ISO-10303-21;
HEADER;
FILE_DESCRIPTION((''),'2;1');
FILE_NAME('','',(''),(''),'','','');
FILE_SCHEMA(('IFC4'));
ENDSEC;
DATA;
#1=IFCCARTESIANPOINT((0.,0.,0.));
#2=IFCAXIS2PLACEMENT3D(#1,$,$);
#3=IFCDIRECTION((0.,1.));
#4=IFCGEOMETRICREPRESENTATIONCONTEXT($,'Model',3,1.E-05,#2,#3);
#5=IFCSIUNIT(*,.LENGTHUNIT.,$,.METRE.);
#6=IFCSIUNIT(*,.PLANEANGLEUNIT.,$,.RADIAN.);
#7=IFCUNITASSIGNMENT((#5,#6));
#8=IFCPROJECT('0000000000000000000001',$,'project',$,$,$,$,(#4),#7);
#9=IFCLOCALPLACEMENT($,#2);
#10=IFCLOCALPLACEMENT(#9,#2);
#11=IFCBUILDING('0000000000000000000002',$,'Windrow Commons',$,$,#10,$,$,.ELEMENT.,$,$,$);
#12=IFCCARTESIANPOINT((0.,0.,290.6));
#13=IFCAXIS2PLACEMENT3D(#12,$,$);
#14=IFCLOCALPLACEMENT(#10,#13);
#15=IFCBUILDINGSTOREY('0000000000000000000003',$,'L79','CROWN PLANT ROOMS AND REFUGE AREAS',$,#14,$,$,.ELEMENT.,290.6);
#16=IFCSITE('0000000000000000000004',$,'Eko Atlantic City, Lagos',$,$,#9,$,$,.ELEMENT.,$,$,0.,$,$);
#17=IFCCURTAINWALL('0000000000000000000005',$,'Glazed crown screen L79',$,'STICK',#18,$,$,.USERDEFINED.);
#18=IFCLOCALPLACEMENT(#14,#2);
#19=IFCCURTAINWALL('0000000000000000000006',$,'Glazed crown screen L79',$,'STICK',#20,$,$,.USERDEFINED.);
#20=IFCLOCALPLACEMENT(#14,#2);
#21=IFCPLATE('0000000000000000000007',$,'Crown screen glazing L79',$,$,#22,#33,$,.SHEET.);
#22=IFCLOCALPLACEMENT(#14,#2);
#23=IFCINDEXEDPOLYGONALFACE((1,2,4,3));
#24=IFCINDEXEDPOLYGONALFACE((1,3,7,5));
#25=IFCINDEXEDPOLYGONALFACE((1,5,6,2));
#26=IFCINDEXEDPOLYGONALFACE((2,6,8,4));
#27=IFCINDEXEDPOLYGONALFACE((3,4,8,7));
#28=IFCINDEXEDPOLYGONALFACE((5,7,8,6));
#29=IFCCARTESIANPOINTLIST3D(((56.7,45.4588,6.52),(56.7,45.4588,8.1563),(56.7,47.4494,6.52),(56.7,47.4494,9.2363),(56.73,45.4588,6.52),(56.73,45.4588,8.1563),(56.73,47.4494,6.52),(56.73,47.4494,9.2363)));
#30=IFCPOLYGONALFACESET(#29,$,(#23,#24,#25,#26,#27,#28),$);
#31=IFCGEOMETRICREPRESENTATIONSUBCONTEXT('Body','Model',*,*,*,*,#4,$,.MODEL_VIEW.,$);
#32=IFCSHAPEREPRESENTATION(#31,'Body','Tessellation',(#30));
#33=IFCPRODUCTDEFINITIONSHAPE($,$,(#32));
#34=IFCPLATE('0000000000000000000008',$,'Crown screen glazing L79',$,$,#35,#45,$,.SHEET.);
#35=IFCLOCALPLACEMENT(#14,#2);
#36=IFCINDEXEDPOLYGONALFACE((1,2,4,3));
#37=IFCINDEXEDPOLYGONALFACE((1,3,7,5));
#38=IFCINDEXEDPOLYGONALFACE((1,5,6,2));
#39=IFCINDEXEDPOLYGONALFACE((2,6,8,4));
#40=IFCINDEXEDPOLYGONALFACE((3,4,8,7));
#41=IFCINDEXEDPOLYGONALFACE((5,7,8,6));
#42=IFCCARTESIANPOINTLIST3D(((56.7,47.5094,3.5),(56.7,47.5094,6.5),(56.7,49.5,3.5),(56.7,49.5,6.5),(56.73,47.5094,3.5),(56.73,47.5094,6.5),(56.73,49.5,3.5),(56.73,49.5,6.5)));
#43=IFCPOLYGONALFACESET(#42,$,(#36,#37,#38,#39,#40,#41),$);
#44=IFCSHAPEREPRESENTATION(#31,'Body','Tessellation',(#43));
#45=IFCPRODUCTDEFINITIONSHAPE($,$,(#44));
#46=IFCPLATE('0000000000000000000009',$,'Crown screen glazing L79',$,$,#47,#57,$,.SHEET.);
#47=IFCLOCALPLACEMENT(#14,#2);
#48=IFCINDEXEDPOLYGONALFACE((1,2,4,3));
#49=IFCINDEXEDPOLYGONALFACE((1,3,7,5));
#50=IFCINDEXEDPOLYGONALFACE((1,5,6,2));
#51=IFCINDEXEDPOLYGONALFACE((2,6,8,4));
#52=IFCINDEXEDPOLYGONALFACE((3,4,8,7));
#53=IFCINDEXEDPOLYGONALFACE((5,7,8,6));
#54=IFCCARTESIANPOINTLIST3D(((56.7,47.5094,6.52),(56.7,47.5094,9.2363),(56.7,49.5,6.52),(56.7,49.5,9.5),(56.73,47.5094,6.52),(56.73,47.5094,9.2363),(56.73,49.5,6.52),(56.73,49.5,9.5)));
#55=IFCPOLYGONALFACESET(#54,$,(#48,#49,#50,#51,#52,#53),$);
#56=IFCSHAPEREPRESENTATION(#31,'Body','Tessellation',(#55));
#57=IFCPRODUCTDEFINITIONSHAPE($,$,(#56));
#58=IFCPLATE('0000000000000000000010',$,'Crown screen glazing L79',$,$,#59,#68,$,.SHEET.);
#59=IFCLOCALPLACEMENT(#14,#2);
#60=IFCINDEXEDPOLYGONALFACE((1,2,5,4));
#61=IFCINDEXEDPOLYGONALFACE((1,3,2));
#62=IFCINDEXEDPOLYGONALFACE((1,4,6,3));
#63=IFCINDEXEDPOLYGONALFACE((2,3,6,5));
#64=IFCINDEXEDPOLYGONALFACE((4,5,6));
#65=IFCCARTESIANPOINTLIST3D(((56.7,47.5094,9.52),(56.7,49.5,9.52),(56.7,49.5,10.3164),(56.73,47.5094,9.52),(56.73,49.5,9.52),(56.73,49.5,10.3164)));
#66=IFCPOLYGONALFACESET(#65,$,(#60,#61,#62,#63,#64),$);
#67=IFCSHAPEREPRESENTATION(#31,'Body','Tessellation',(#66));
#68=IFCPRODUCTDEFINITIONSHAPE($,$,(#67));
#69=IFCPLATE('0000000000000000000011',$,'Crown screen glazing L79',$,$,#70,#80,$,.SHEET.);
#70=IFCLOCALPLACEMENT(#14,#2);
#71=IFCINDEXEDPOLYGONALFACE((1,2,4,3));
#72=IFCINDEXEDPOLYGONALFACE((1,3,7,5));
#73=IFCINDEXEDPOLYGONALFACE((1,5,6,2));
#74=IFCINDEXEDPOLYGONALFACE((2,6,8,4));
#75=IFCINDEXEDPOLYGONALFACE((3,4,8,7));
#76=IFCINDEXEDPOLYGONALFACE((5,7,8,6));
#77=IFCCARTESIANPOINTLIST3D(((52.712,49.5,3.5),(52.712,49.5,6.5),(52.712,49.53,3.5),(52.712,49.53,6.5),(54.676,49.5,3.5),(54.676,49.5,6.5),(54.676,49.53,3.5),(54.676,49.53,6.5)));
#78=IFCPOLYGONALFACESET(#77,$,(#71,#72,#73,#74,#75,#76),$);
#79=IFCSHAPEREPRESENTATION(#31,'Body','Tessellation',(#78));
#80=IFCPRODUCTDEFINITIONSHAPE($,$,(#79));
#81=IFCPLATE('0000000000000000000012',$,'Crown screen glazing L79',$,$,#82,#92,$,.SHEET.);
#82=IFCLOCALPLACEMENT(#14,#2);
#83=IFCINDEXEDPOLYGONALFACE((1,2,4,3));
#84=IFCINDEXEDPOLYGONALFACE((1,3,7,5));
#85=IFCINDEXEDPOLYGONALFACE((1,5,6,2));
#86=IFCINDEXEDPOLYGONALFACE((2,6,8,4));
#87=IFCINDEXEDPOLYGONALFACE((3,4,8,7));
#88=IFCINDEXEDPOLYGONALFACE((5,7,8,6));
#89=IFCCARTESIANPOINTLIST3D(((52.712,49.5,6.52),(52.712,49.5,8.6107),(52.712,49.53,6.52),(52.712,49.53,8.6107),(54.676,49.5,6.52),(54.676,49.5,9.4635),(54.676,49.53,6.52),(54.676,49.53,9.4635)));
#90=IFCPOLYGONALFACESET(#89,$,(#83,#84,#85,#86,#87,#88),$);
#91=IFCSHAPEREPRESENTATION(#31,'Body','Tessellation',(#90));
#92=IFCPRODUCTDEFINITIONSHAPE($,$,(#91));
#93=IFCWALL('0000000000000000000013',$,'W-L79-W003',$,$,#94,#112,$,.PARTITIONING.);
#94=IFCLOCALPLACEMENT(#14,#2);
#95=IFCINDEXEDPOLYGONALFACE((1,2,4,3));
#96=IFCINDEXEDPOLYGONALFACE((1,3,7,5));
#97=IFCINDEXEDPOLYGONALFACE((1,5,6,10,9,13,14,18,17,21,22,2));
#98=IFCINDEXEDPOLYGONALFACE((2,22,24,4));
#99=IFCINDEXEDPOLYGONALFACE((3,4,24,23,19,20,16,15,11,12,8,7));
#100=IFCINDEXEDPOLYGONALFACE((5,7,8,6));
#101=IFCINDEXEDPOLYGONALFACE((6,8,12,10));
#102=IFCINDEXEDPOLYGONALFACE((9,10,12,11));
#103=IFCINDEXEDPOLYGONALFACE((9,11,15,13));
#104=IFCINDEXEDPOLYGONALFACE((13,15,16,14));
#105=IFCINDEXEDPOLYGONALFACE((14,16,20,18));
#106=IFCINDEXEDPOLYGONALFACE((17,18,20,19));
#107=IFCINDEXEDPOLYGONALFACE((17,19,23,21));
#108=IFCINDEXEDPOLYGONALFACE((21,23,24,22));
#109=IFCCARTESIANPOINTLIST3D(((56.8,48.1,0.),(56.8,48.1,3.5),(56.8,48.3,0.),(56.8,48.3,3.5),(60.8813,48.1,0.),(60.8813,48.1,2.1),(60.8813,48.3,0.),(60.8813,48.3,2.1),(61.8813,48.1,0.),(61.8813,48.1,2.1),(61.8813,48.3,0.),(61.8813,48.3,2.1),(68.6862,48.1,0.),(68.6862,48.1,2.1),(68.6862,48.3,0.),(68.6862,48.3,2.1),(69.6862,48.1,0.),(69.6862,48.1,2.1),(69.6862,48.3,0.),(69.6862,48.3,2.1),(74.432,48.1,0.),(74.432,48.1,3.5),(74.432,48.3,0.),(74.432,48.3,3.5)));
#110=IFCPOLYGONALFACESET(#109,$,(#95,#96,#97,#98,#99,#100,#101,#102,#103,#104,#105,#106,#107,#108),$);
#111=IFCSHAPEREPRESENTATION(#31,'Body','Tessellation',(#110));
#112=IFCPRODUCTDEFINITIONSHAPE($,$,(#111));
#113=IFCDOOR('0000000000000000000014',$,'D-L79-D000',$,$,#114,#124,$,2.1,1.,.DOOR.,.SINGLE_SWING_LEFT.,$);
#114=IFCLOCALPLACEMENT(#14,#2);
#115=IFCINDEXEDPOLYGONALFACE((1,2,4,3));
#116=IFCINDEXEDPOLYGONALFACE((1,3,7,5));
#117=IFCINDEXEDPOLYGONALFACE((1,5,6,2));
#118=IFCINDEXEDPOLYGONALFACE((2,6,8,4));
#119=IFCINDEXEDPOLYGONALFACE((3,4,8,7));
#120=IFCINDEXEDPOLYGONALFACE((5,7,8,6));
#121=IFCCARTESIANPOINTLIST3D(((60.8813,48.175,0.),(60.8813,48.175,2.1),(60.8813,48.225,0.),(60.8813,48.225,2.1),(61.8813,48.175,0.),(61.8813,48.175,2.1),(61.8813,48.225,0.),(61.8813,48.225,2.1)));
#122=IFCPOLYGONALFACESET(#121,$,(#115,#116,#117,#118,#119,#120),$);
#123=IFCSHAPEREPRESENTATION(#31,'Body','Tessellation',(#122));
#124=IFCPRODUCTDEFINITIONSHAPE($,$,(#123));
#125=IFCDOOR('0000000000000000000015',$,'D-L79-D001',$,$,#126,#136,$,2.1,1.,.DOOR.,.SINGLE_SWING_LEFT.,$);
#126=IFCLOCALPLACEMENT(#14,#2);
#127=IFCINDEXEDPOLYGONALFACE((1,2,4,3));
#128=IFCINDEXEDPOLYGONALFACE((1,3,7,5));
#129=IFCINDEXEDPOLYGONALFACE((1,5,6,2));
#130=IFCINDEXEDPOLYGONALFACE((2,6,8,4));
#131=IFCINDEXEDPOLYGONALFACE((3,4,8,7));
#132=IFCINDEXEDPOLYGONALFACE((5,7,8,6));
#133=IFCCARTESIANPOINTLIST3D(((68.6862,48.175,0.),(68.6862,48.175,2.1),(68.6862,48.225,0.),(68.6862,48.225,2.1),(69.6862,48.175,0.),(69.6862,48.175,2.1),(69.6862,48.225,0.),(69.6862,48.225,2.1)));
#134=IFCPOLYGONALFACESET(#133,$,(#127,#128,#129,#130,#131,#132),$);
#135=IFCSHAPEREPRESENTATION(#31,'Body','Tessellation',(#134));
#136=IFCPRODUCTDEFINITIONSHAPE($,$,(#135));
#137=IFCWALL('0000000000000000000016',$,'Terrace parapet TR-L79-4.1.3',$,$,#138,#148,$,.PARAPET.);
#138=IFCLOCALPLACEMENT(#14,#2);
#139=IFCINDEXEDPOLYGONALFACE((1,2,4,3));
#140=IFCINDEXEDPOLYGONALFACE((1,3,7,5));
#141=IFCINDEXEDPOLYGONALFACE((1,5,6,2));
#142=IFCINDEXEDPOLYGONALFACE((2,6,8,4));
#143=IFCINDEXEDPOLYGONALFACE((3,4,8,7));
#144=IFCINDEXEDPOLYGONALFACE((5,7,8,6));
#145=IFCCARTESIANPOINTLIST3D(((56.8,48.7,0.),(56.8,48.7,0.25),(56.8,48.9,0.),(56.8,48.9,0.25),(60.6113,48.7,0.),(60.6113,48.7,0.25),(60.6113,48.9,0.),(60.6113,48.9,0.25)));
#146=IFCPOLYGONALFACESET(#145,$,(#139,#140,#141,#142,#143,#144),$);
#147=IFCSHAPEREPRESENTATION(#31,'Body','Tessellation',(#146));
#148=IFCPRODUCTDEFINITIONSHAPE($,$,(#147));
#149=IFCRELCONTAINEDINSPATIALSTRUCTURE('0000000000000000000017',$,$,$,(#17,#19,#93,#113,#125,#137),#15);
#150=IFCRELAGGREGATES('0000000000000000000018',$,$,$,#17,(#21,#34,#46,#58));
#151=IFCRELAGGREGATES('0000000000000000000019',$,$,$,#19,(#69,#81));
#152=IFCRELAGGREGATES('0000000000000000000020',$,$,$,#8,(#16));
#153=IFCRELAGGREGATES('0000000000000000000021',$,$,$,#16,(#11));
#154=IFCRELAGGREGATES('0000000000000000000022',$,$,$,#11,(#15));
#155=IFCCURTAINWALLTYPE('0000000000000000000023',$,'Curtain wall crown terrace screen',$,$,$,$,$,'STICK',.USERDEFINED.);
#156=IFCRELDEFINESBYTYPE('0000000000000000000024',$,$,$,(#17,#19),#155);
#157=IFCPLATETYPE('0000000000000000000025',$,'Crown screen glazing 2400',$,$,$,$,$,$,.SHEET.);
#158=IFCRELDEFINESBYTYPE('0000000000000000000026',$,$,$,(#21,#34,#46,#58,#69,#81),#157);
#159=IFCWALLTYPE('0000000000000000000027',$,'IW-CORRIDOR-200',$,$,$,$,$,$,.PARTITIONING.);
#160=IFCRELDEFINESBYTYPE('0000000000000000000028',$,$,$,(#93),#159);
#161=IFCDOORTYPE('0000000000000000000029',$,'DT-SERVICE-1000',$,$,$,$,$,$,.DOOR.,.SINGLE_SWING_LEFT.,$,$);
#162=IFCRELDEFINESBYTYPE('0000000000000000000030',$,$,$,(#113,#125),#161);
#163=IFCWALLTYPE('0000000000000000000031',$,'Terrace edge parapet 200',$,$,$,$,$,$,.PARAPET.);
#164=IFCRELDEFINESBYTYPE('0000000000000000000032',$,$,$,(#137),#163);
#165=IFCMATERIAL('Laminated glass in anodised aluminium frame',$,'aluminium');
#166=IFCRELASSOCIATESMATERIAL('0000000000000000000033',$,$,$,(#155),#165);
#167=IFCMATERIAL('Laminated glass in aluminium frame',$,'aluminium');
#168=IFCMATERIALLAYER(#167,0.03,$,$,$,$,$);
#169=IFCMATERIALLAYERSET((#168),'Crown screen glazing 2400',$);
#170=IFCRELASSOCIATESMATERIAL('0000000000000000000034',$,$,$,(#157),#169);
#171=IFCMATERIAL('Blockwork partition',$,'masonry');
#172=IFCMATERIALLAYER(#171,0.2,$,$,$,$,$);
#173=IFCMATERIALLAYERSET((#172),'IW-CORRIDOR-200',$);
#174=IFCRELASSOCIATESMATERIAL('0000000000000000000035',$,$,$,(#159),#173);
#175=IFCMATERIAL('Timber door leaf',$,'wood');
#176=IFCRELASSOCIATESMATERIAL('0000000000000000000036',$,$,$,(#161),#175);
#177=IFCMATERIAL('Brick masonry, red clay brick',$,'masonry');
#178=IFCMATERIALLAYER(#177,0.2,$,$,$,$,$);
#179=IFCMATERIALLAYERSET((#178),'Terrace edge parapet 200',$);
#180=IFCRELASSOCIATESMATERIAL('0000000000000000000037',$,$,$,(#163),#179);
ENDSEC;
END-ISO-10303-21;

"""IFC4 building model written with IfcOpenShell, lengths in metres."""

from ifc_helpers import new_model, si_unit, direction, frame, frame_2d, origin, place, context, subcontext, project, spatial, polyline, rectangle, outline, extrude, material, layer, layer_set, type_object, element, fill, aggregate, save


model = new_model("IFC4")

# Units and contexts
model_context = context("Model", 3, precision=1e-05, world=origin(), true_north=direction((0.0, 1.0)))
body_context = subcontext(model_context, "Body", "Model", "MODEL_VIEW")
ifc_project = project(units=[si_unit("LENGTHUNIT", "METRE"), si_unit("PLANEANGLEUNIT", "RADIAN")], contexts=[model_context])

# Site, building, storey
site_placement = place(None, origin())
site = spatial("IfcSite", under=ifc_project, at=site_placement, Name="Eko Atlantic City, Lagos", CompositionType="ELEMENT", RefElevation=0.0)
building_placement = place(site_placement, origin())
building = spatial("IfcBuilding", under=site, at=building_placement, Name="Windrow Commons", CompositionType="ELEMENT")
storey_placement = place(building_placement, frame((0.0, 0.0, 290.6)))
storey = spatial("IfcBuildingStorey", under=building, at=storey_placement, Name="L79", Description="CROWN PLANT ROOMS AND REFUGE AREAS", CompositionType="ELEMENT", Elevation=290.6)

# Curtain walls
ifc_material_1 = material(Name="Laminated glass in anodised aluminium frame", Category="aluminium")
curtain_wall_type = type_object("IfcCurtainWallType", Name="Curtain wall crown terrace screen", ElementType="STICK", PredefinedType="USERDEFINED", material=ifc_material_1)
placement = place(storey_placement, origin())
curtain_wall_1 = element("IfcCurtainWall", 1, at=placement, inside=storey, type_object=curtain_wall_type, Name="Glazed crown screen L79", ObjectType="STICK", PredefinedType="USERDEFINED")
curtain_wall_2 = element("IfcCurtainWall", 2, at=placement, inside=storey, type_object=curtain_wall_type, Name="Glazed crown screen L79", ObjectType="STICK", PredefinedType="USERDEFINED")

# Plates
ifc_material_2 = material(Name="Laminated glass in aluminium frame", Category="aluminium")
ifc_layer_1 = layer(ifc_material_2, 0.03)
ifc_layer_set_1 = layer_set([ifc_layer_1], Name="Crown screen glazing 2400")
plate_type_1 = type_object("IfcPlateType", Name="Crown screen glazing 2400", PredefinedType="SHEET", material=ifc_layer_set_1)
plate_1_placement = place(storey_placement, frame((56.73, 45.4588, 6.52), z_axis=(1.0, 0.0, 0.0), x_axis=(0.0, 1.0, 0.0)))
plate_1 = element("IfcPlate", 3, at=plate_1_placement, type_object=plate_type_1, Name="Crown screen glazing L79", PredefinedType="SHEET", context=body_context, shape_type="SweptSolid", body=[
    extrude(outline(polyline([(0.0, 0.0), (1.9906, 0.0), (1.9906, 2.7163), (0.0, 1.6363), (0.0, 0.0)])), origin(), (0.0, 0.0, -1.0), 0.03),
])
plate_2_placement = place(storey_placement, frame((56.73, 47.5094, 3.5), z_axis=(1.0, 0.0, 0.0), x_axis=(0.0, 1.0, 0.0)))
plate_2 = element("IfcPlate", 4, at=plate_2_placement, type_object=plate_type_1, Name="Crown screen glazing L79", PredefinedType="SHEET", context=body_context, shape_type="SweptSolid", body=[
    extrude(outline(polyline([(0.0, 0.0), (1.9906, 0.0), (1.9906, 3.0), (0.0, 3.0), (0.0, 0.0)])), origin(), (0.0, 0.0, -1.0), 0.03),
])
plate_3_placement = place(storey_placement, frame((56.73, 47.5094, 6.52), z_axis=(1.0, 0.0, 0.0), x_axis=(0.0, 1.0, 0.0)))
plate_3 = element("IfcPlate", 5, at=plate_3_placement, type_object=plate_type_1, Name="Crown screen glazing L79", PredefinedType="SHEET", context=body_context, shape_type="SweptSolid", body=[
    extrude(outline(polyline([(0.0, 0.0), (1.9906, 0.0), (1.9906, 2.98), (0.0, 2.7163), (0.0, 0.0)])), origin(), (0.0, 0.0, -1.0), 0.03),
])
plate_4_placement = place(storey_placement, frame((56.73, 47.5094, 9.52), z_axis=(1.0, 0.0, 0.0), x_axis=(0.0, 1.0, 0.0)))
plate_4 = element("IfcPlate", 6, at=plate_4_placement, type_object=plate_type_1, Name="Crown screen glazing L79", PredefinedType="SHEET", context=body_context, shape_type="SweptSolid", body=[
    extrude(outline(polyline([(0.0, 0.0), (1.9906, 0.0), (1.9906, 0.7964), (0.0, 0.0)])), origin(), (0.0, 0.0, -1.0), 0.03),
])
aggregate(curtain_wall_1, [plate_1, plate_2, plate_3, plate_4])
plate_5_placement = place(storey_placement, frame((54.676, 49.53, 3.5), z_axis=(0.0, 1.0, 0.0), x_axis=(-1.0, 0.0, 0.0)))
plate_5 = element("IfcPlate", 7, at=plate_5_placement, type_object=plate_type_1, Name="Crown screen glazing L79", PredefinedType="SHEET", context=body_context, shape_type="SweptSolid", body=[
    extrude(outline(polyline([(0.0, 0.0), (1.964, 0.0), (1.964, 3.0), (0.0, 3.0), (0.0, 0.0)])), origin(), (0.0, 0.0, -1.0), 0.03),
])
plate_6_placement = place(storey_placement, frame((54.676, 49.53, 6.52), z_axis=(0.0, 1.0, 0.0), x_axis=(-1.0, 0.0, 0.0)))
plate_6 = element("IfcPlate", 8, at=plate_6_placement, type_object=plate_type_1, Name="Crown screen glazing L79", PredefinedType="SHEET", context=body_context, shape_type="SweptSolid", body=[
    extrude(outline(polyline([(0.0, 0.0), (1.964, 0.0), (1.964, 2.0907), (0.0, 2.9435), (0.0, 0.0)])), origin(), (0.0, 0.0, -1.0), 0.03),
])
aggregate(curtain_wall_2, [plate_5, plate_6])

# Wall, openings, doors
ifc_material_3 = material(Name="Blockwork partition", Category="masonry")
ifc_layer_2 = layer(ifc_material_3, 0.2)
ifc_layer_set_2 = layer_set([ifc_layer_2], Name="IW-CORRIDOR-200")
wall_type_1 = type_object("IfcWallType", Name="IW-CORRIDOR-200", PredefinedType="PARTITIONING", material=ifc_layer_set_2)
wall_1_placement = place(storey_placement, frame((56.8, 48.2, 0.0), z_axis=(0.0, 0.0, 1.0), x_axis=(1.0, 0.0, 0.0)))
wall_1 = element("IfcWall", 9, at=wall_1_placement, inside=storey, type_object=wall_type_1, Name="W-L79-W003", PredefinedType="PARTITIONING", context=body_context, shape_type="SweptSolid", body=[
    extrude(rectangle(XDim=17.632, YDim=0.2, at=frame_2d((8.816, 0.0))), origin(), (0.0, 0.0, 1.0), 3.5),
])
opening_1_placement = place(wall_1_placement, frame((4.0813, 0.0, 0.0)))
opening_1 = element("IfcOpeningElement", 10, at=opening_1_placement, cuts=wall_1, PredefinedType="OPENING", context=body_context, shape_type="SweptSolid", body=[
    extrude(rectangle(XDim=1.0, YDim=2.1, at=frame_2d((0.5, 1.05))), frame((0.0, 0.11, 0.0), z_axis=(0.0, -1.0, 0.0), x_axis=(1.0, 0.0, 0.0)), (0.0, 0.0, 1.0), 0.22),
])
opening_2_placement = place(wall_1_placement, frame((11.8862, 0.0, 0.0)))
opening_2 = element("IfcOpeningElement", 11, at=opening_2_placement, cuts=wall_1, PredefinedType="OPENING", context=body_context, shape_type="SweptSolid", body=[
    extrude(rectangle(XDim=1.0, YDim=2.1, at=frame_2d((0.5, 1.05))), frame((0.0, 0.11, 0.0), z_axis=(0.0, -1.0, 0.0), x_axis=(1.0, 0.0, 0.0)), (0.0, 0.0, 1.0), 0.22),
])
ifc_material_4 = material(Name="Timber door leaf", Category="wood")
door_type = type_object("IfcDoorType", Name="DT-SERVICE-1000", OperationType="SINGLE_SWING_LEFT", PredefinedType="DOOR", material=ifc_material_4)
door_1_placement = place(opening_1_placement, origin())
door_1 = element("IfcDoor", 12, at=door_1_placement, inside=storey, type_object=door_type, Name="D-L79-D000", OperationType="SINGLE_SWING_LEFT", OverallHeight=2.1, OverallWidth=1.0, PredefinedType="DOOR", context=body_context, shape_type="SweptSolid", body=[
    extrude(rectangle(XDim=1.0, YDim=2.1, at=frame_2d((0.5, 1.05))), frame((0.0, 0.025, 0.0), z_axis=(0.0, -1.0, 0.0), x_axis=(1.0, 0.0, 0.0)), (0.0, 0.0, 1.0), 0.05),
])
fill(opening_1, door_1)
door_2_placement = place(opening_2_placement, origin())
door_2 = element("IfcDoor", 13, at=door_2_placement, inside=storey, type_object=door_type, Name="D-L79-D001", OperationType="SINGLE_SWING_LEFT", OverallHeight=2.1, OverallWidth=1.0, PredefinedType="DOOR", context=body_context, shape_type="SweptSolid", body=[
    extrude(rectangle(XDim=1.0, YDim=2.1, at=frame_2d((0.5, 1.05))), frame((0.0, 0.025, 0.0), z_axis=(0.0, -1.0, 0.0), x_axis=(1.0, 0.0, 0.0)), (0.0, 0.0, 1.0), 0.05),
])
fill(opening_2, door_2)

# Wall
ifc_material_5 = material(Name="Brick masonry, red clay brick", Category="masonry")
ifc_layer_3 = layer(ifc_material_5, 0.2)
ifc_layer_set_3 = layer_set([ifc_layer_3], Name="Terrace edge parapet 200")
wall_type_2 = type_object("IfcWallType", Name="Terrace edge parapet 200", PredefinedType="PARAPET", material=ifc_layer_set_3)
wall_2_placement = place(storey_placement, frame((60.6113, 48.8, 0.0), z_axis=(0.0, 0.0, 1.0), x_axis=(-1.0, 0.0, 0.0)))
element("IfcWall", 14, at=wall_2_placement, inside=storey, type_object=wall_type_2, Name="Terrace parapet TR-L79-4.1.3", PredefinedType="PARAPET", context=body_context, shape_type="SweptSolid", body=[
    extrude(outline(polyline([(0.0, -0.1), (3.8113, -0.1), (3.8113, 0.1), (0.0, 0.1), (0.0, -0.1)])), origin(), (0.0, 0.0, 1.0), 0.25),
])

save(model, "model.ifc")
